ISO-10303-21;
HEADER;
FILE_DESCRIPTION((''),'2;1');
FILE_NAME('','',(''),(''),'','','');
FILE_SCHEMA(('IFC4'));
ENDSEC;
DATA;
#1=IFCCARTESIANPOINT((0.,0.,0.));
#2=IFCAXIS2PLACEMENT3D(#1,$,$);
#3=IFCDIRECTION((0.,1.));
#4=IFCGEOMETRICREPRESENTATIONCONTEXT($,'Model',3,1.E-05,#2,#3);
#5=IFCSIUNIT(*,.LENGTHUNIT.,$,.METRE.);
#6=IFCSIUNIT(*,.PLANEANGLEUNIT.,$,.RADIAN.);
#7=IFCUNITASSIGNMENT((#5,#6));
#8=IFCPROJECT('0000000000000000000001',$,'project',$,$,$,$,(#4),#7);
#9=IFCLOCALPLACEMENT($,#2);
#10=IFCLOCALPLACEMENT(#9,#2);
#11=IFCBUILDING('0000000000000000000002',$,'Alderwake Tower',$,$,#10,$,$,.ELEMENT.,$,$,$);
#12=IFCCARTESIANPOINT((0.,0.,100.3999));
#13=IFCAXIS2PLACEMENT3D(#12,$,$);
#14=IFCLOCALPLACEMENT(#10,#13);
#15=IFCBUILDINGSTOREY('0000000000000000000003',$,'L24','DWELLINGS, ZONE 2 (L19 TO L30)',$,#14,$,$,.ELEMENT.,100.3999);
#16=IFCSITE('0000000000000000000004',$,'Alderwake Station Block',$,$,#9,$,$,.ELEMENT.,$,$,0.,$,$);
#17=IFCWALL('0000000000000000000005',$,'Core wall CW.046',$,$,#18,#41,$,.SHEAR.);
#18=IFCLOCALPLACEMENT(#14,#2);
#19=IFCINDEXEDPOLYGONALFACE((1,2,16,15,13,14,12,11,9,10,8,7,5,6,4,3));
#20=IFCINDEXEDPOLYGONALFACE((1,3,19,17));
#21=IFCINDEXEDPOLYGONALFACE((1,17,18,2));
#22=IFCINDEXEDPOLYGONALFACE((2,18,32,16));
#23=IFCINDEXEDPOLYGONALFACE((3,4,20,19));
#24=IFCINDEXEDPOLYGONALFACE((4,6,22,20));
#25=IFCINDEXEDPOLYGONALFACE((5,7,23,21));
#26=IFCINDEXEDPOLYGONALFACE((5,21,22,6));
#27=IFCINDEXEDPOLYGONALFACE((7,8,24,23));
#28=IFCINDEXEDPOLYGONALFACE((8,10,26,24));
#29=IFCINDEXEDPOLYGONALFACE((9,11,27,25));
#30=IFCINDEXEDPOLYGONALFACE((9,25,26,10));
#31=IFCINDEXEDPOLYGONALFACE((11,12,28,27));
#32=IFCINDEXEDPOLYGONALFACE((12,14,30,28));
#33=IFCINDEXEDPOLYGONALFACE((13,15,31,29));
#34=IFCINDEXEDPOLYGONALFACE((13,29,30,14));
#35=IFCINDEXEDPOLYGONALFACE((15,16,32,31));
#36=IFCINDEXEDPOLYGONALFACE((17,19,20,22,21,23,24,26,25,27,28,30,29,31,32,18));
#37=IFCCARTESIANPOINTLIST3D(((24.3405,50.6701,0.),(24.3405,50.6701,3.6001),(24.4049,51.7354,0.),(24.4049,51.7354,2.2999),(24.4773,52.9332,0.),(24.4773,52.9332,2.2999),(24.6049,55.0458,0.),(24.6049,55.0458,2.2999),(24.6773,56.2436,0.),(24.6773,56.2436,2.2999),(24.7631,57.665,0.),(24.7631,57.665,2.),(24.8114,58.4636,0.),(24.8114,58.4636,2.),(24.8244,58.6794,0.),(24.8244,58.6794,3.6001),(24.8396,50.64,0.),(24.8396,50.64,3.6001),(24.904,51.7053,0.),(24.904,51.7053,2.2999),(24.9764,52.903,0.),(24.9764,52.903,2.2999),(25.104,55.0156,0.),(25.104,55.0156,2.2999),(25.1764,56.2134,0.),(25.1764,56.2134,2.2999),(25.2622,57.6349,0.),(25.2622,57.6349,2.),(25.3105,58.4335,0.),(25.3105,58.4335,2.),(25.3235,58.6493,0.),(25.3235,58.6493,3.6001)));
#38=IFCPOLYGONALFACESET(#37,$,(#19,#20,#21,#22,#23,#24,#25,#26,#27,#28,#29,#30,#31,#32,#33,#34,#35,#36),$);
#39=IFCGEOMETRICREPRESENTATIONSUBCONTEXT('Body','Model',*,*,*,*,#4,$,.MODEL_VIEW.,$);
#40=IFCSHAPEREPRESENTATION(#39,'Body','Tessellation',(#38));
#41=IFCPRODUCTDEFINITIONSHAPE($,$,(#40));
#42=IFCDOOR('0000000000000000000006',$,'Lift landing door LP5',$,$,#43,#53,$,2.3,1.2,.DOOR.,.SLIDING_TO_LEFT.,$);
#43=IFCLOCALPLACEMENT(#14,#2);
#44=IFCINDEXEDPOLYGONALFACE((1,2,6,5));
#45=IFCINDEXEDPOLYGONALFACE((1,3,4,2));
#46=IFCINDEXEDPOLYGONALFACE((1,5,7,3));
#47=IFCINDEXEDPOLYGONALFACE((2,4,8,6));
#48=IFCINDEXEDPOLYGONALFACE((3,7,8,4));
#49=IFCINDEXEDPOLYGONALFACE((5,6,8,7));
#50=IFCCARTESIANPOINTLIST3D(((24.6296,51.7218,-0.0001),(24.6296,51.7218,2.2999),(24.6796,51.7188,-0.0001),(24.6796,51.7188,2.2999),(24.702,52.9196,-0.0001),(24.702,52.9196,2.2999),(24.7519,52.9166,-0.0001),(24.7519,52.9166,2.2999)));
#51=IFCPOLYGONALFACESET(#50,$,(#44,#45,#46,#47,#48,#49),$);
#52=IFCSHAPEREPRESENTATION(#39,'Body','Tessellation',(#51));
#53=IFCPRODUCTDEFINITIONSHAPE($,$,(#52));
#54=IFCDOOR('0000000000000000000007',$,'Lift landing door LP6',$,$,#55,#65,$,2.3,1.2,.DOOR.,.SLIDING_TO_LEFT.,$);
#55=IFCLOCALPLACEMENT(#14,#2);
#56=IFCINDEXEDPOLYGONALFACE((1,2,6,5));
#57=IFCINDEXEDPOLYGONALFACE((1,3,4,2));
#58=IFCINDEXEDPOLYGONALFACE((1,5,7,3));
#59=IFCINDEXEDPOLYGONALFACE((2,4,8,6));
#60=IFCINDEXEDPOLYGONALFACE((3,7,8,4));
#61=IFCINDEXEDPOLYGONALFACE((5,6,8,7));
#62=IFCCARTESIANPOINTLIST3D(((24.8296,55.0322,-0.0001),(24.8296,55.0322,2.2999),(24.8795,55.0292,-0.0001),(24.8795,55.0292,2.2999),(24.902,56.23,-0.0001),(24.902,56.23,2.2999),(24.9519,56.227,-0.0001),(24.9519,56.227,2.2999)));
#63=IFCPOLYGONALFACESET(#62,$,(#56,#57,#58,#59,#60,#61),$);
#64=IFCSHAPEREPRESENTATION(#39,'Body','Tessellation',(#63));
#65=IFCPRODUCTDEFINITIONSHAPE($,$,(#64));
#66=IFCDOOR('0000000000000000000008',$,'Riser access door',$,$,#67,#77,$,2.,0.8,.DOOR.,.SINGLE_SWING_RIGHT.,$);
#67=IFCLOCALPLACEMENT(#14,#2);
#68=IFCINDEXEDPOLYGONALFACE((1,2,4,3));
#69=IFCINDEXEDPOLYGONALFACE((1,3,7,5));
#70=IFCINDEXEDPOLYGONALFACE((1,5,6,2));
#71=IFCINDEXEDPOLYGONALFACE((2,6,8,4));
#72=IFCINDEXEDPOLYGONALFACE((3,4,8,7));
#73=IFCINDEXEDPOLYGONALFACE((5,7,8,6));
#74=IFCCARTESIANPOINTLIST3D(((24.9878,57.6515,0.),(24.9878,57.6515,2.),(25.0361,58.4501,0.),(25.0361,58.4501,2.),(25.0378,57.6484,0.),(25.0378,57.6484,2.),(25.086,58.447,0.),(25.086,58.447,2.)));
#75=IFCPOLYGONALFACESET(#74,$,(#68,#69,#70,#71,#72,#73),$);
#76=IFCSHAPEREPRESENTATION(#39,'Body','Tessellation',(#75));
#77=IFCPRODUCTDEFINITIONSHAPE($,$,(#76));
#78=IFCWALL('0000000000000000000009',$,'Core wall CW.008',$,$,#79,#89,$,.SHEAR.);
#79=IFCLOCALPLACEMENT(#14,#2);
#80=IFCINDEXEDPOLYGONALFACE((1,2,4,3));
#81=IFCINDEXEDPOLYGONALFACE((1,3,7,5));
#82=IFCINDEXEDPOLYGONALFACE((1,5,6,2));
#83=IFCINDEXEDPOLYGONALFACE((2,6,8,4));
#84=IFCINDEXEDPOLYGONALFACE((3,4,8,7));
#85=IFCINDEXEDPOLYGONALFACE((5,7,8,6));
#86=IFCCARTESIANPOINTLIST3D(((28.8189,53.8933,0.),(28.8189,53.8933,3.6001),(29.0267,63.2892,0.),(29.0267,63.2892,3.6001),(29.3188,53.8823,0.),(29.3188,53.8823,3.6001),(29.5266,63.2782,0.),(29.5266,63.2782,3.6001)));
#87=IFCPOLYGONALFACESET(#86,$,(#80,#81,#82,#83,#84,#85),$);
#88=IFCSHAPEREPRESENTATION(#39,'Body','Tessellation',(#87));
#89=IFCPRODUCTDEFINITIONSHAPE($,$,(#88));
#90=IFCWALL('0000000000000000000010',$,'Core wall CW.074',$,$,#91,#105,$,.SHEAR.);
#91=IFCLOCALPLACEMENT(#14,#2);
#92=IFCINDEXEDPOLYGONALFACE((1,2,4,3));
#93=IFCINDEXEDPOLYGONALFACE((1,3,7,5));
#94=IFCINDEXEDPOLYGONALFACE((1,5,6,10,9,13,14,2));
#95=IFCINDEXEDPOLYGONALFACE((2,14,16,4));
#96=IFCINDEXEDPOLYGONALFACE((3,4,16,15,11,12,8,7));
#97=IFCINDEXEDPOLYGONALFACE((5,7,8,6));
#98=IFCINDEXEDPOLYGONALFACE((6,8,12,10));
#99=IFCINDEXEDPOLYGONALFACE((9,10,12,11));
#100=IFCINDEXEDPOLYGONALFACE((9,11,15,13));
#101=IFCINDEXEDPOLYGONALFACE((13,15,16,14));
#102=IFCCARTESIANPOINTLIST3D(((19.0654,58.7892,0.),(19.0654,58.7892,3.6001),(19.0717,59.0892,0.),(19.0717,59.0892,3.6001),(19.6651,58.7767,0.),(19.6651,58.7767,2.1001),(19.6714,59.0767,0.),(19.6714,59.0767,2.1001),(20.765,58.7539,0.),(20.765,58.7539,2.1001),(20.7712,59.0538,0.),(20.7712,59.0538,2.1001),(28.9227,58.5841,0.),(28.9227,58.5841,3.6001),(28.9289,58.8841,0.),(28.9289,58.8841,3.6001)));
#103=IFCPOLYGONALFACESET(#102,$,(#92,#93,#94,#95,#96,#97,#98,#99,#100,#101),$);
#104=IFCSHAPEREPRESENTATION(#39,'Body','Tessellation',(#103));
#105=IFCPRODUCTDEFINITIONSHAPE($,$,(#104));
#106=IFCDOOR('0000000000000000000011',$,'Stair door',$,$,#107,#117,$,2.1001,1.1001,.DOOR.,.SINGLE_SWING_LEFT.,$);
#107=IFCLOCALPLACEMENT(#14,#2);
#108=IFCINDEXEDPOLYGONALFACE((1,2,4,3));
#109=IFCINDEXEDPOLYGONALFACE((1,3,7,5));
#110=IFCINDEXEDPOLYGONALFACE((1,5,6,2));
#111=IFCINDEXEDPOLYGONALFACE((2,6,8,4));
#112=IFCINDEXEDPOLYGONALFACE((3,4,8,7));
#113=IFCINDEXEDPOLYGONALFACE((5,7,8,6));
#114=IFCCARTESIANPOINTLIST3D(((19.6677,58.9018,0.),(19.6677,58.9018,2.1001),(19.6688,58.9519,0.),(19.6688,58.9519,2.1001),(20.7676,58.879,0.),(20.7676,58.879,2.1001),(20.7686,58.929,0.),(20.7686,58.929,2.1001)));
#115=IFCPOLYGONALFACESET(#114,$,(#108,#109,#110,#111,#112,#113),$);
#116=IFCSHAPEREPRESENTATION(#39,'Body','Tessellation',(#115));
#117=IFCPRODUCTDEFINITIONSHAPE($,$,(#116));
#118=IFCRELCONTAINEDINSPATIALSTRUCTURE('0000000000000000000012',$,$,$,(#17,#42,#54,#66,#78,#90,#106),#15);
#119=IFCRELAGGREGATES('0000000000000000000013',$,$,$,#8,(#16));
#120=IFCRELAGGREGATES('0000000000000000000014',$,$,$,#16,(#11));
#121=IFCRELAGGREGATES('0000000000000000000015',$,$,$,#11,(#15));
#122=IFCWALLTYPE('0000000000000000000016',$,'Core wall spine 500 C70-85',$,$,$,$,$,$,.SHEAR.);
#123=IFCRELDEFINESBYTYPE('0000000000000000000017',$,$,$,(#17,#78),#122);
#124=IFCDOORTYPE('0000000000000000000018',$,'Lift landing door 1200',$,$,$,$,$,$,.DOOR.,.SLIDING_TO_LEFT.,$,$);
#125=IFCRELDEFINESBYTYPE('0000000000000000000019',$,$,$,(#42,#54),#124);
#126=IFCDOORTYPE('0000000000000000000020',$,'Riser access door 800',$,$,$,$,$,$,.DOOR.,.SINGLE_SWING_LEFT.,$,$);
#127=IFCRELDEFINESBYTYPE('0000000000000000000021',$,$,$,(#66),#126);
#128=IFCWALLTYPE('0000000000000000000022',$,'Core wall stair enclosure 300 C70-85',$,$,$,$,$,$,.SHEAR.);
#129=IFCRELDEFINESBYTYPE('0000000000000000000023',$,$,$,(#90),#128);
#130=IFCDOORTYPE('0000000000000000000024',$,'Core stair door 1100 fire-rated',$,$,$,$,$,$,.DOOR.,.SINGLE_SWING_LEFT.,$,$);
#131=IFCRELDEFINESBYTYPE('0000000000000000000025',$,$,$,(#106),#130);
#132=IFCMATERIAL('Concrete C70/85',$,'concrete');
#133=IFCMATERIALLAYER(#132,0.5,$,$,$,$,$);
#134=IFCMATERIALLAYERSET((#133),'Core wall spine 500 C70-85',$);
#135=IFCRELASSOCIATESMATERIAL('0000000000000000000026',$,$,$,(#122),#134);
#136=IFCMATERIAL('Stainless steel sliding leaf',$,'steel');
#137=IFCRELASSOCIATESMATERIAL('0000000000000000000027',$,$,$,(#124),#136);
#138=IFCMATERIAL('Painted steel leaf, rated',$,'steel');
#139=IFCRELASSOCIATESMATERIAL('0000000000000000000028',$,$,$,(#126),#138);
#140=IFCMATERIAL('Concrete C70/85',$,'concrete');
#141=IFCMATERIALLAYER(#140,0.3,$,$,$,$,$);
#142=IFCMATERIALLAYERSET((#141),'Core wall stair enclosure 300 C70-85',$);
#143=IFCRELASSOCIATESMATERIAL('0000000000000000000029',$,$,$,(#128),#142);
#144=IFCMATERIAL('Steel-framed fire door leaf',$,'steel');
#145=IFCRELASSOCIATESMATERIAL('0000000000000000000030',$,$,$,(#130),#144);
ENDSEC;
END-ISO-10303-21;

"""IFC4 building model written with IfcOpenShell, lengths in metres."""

from ifc_helpers import new_model, si_unit, direction, frame, frame_2d, origin, place, context, subcontext, project, spatial, rectangle, extrude, material, layer, layer_set, type_object, element, fill, save


model = new_model("IFC4")

# Units and contexts
model_context = context("Model", 3, precision=1e-05, world=origin(), true_north=direction((0.0, 1.0)))
body_context = subcontext(model_context, "Body", "Model", "MODEL_VIEW")
ifc_project = project(units=[si_unit("LENGTHUNIT", "METRE"), si_unit("PLANEANGLEUNIT", "RADIAN")], contexts=[model_context])

# Site, building, storey
site_placement = place(None, origin())
site = spatial("IfcSite", under=ifc_project, at=site_placement, Name="Alderwake Station Block", CompositionType="ELEMENT", RefElevation=0.0)
building_placement = place(site_placement, origin())
building = spatial("IfcBuilding", under=site, at=building_placement, Name="Alderwake Tower", CompositionType="ELEMENT")
storey_placement = place(building_placement, frame((0.0, 0.0, 100.3999)))
storey = spatial("IfcBuildingStorey", under=building, at=storey_placement, Name="L24", Description="DWELLINGS, ZONE 2 (L19 TO L30)", CompositionType="ELEMENT", Elevation=100.3999)

# Wall, openings, doors
ifc_material_1 = material(Name="Concrete C70/85", Category="concrete")
ifc_layer_1 = layer(ifc_material_1, 0.5)
ifc_layer_set_1 = layer_set([ifc_layer_1], Name="Core wall spine 500 C70-85")
wall_type_1 = type_object("IfcWallType", Name="Core wall spine 500 C70-85", PredefinedType="SHEAR", material=ifc_layer_set_1)
ifc_material_2 = material(Name="Stainless steel sliding leaf", Category="steel")
door_type_1 = type_object("IfcDoorType", Name="Lift landing door 1200", OperationType="SLIDING_TO_LEFT", PredefinedType="DOOR", material=ifc_material_2)
ifc_material_3 = material(Name="Painted steel leaf, rated", Category="steel")
door_type_2 = type_object("IfcDoorType", Name="Riser access door 800", OperationType="SINGLE_SWING_LEFT", PredefinedType="DOOR", material=ifc_material_3)
wall_1_placement = place(storey_placement, frame((24.5901, 50.655, 0.0), z_axis=(0.0, 0.0, 1.0), x_axis=(0.060306, 0.99818, 0.0)))
wall_1 = element("IfcWall", 1, at=wall_1_placement, inside=storey, type_object=wall_type_1, Name="Core wall CW.046", PredefinedType="SHEAR", context=body_context, shape_type="SweptSolid", body=[
    extrude(rectangle(XDim=8.0239, YDim=0.5, at=frame_2d((4.012, 0.0))), origin(), (0.0, 0.0, 1.0), 3.6001),
])
opening_1_placement = place(wall_1_placement, frame((1.0671, 0.0, 0.0)))
opening_1 = element("IfcOpeningElement", 2, at=opening_1_placement, cuts=wall_1, PredefinedType="OPENING", context=body_context, shape_type="SweptSolid", body=[
    extrude(rectangle(XDim=1.2, YDim=2.3, at=frame_2d((0.6001, 1.1499))), frame((0.0, 0.26, 0.0), z_axis=(0.0, -1.0, 0.0), x_axis=(1.0, 0.0, 0.0)), (0.0, 0.0, 1.0), 0.52),
])
opening_2_placement = place(wall_1_placement, frame((4.3835, 0.0, 0.0)))
opening_2 = element("IfcOpeningElement", 3, at=opening_2_placement, cuts=wall_1, PredefinedType="OPENING", context=body_context, shape_type="SweptSolid", body=[
    extrude(rectangle(XDim=1.2, YDim=2.3, at=frame_2d((0.6001, 1.1499))), frame((0.0, 0.26, 0.0), z_axis=(0.0, -1.0, 0.0), x_axis=(1.0, 0.0, 0.0)), (0.0, 0.0, 1.0), 0.52),
])
opening_3_placement = place(wall_1_placement, frame((7.0078, 0.0, 0.0)))
opening_3 = element("IfcOpeningElement", 4, at=opening_3_placement, cuts=wall_1, PredefinedType="OPENING", context=body_context, shape_type="SweptSolid", body=[
    extrude(rectangle(XDim=0.8, YDim=2.0, at=frame_2d((0.3999, 1.0))), frame((0.0, 0.26, 0.0), z_axis=(0.0, -1.0, 0.0), x_axis=(1.0, 0.0, 0.0)), (0.0, 0.0, 1.0), 0.52),
])
door_1_placement = place(opening_1_placement, origin())
door_1 = element("IfcDoor", 5, at=door_1_placement, inside=storey, type_object=door_type_1, Name="Lift landing door LP5", OperationType="SLIDING_TO_LEFT", OverallHeight=2.3, OverallWidth=1.2, PredefinedType="DOOR", context=body_context, shape_type="SweptSolid", body=[
    extrude(rectangle(XDim=1.2, YDim=2.3, at=frame_2d((0.6001, 1.1499))), frame((0.0, 0.0249, 0.0), z_axis=(0.0, -1.0, 0.0), x_axis=(1.0, 0.0, 0.0)), (0.0, 0.0, 1.0), 0.05),
])
fill(opening_1, door_1)
door_2_placement = place(opening_2_placement, origin())
door_2 = element("IfcDoor", 6, at=door_2_placement, inside=storey, type_object=door_type_1, Name="Lift landing door LP6", OperationType="SLIDING_TO_LEFT", OverallHeight=2.3, OverallWidth=1.2, PredefinedType="DOOR", context=body_context, shape_type="SweptSolid", body=[
    extrude(rectangle(XDim=1.2, YDim=2.3, at=frame_2d((0.6001, 1.1499))), frame((0.0, 0.0249, 0.0), z_axis=(0.0, -1.0, 0.0), x_axis=(1.0, 0.0, 0.0)), (0.0, 0.0, 1.0), 0.05),
])
fill(opening_2, door_2)
door_3_placement = place(opening_3_placement, origin())
door_3 = element("IfcDoor", 7, at=door_3_placement, inside=storey, type_object=door_type_2, Name="Riser access door", OperationType="SINGLE_SWING_RIGHT", OverallHeight=2.0, OverallWidth=0.8, PredefinedType="DOOR", context=body_context, shape_type="SweptSolid", body=[
    extrude(rectangle(XDim=0.8, YDim=2.0, at=frame_2d((0.3999, 1.0))), frame((0.0, 0.0249, 0.0), z_axis=(0.0, -1.0, 0.0), x_axis=(1.0, 0.0, 0.0)), (0.0, 0.0, 1.0), 0.05),
])
fill(opening_3, door_3)

# Wall
wall_2_placement = place(storey_placement, frame((29.0688, 53.8877, 0.0), z_axis=(0.0, 0.0, 1.0), x_axis=(0.022107, 0.999756, 0.0)))
element("IfcWall", 8, at=wall_2_placement, inside=storey, type_object=wall_type_1, Name="Core wall CW.008", PredefinedType="SHEAR", context=body_context, shape_type="SweptSolid", body=[
    extrude(rectangle(XDim=9.3982, YDim=0.5, at=frame_2d((4.6992, 0.0))), origin(), (0.0, 0.0, 1.0), 3.6001),
])

# Wall, opening, door
ifc_material_4 = material(Name="Concrete C70/85", Category="concrete")
ifc_layer_2 = layer(ifc_material_4, 0.3)
ifc_layer_set_2 = layer_set([ifc_layer_2], Name="Core wall stair enclosure 300 C70-85")
wall_type_2 = type_object("IfcWallType", Name="Core wall stair enclosure 300 C70-85", PredefinedType="SHEAR", material=ifc_layer_set_2)
wall_3_placement = place(storey_placement, frame((28.9258, 58.7341, 0.0), z_axis=(0.0, 0.0, 1.0), x_axis=(-0.999784, 0.0208, 0.0)))
wall_3 = element("IfcWall", 9, at=wall_3_placement, inside=storey, type_object=wall_type_2, Name="Core wall CW.074", PredefinedType="SHEAR", context=body_context, shape_type="SweptSolid", body=[
    extrude(rectangle(XDim=9.8594, YDim=0.3, at=frame_2d((4.9297, 0.0))), origin(), (0.0, 0.0, 1.0), 3.6001),
])
opening_4_placement = place(wall_3_placement, frame((8.1594, 0.0, 0.0)))
opening_4 = element("IfcOpeningElement", 10, at=opening_4_placement, cuts=wall_3, PredefinedType="OPENING", context=body_context, shape_type="SweptSolid", body=[
    extrude(rectangle(XDim=1.1001, YDim=2.1001, at=frame_2d((0.55, 1.05))), frame((0.0, 0.1599, 0.0), z_axis=(0.0, -1.0, 0.0), x_axis=(1.0, 0.0, 0.0)), (0.0, 0.0, 1.0), 0.3201),
])
ifc_material_5 = material(Name="Steel-framed fire door leaf", Category="steel")
door_type_3 = type_object("IfcDoorType", Name="Core stair door 1100 fire-rated", OperationType="SINGLE_SWING_LEFT", PredefinedType="DOOR", material=ifc_material_5)
door_4_placement = place(opening_4_placement, origin())
door_4 = element("IfcDoor", 11, at=door_4_placement, inside=storey, type_object=door_type_3, Name="Stair door", OperationType="SINGLE_SWING_LEFT", OverallHeight=2.1001, OverallWidth=1.1001, PredefinedType="DOOR", context=body_context, shape_type="SweptSolid", body=[
    extrude(rectangle(XDim=1.1001, YDim=2.1001, at=frame_2d((0.55, 1.05))), frame((0.0, 0.0249, 0.0), z_axis=(0.0, -1.0, 0.0), x_axis=(1.0, 0.0, 0.0)), (0.0, 0.0, 1.0), 0.05),
])
fill(opening_4, door_4)

save(model, "model.ifc")
